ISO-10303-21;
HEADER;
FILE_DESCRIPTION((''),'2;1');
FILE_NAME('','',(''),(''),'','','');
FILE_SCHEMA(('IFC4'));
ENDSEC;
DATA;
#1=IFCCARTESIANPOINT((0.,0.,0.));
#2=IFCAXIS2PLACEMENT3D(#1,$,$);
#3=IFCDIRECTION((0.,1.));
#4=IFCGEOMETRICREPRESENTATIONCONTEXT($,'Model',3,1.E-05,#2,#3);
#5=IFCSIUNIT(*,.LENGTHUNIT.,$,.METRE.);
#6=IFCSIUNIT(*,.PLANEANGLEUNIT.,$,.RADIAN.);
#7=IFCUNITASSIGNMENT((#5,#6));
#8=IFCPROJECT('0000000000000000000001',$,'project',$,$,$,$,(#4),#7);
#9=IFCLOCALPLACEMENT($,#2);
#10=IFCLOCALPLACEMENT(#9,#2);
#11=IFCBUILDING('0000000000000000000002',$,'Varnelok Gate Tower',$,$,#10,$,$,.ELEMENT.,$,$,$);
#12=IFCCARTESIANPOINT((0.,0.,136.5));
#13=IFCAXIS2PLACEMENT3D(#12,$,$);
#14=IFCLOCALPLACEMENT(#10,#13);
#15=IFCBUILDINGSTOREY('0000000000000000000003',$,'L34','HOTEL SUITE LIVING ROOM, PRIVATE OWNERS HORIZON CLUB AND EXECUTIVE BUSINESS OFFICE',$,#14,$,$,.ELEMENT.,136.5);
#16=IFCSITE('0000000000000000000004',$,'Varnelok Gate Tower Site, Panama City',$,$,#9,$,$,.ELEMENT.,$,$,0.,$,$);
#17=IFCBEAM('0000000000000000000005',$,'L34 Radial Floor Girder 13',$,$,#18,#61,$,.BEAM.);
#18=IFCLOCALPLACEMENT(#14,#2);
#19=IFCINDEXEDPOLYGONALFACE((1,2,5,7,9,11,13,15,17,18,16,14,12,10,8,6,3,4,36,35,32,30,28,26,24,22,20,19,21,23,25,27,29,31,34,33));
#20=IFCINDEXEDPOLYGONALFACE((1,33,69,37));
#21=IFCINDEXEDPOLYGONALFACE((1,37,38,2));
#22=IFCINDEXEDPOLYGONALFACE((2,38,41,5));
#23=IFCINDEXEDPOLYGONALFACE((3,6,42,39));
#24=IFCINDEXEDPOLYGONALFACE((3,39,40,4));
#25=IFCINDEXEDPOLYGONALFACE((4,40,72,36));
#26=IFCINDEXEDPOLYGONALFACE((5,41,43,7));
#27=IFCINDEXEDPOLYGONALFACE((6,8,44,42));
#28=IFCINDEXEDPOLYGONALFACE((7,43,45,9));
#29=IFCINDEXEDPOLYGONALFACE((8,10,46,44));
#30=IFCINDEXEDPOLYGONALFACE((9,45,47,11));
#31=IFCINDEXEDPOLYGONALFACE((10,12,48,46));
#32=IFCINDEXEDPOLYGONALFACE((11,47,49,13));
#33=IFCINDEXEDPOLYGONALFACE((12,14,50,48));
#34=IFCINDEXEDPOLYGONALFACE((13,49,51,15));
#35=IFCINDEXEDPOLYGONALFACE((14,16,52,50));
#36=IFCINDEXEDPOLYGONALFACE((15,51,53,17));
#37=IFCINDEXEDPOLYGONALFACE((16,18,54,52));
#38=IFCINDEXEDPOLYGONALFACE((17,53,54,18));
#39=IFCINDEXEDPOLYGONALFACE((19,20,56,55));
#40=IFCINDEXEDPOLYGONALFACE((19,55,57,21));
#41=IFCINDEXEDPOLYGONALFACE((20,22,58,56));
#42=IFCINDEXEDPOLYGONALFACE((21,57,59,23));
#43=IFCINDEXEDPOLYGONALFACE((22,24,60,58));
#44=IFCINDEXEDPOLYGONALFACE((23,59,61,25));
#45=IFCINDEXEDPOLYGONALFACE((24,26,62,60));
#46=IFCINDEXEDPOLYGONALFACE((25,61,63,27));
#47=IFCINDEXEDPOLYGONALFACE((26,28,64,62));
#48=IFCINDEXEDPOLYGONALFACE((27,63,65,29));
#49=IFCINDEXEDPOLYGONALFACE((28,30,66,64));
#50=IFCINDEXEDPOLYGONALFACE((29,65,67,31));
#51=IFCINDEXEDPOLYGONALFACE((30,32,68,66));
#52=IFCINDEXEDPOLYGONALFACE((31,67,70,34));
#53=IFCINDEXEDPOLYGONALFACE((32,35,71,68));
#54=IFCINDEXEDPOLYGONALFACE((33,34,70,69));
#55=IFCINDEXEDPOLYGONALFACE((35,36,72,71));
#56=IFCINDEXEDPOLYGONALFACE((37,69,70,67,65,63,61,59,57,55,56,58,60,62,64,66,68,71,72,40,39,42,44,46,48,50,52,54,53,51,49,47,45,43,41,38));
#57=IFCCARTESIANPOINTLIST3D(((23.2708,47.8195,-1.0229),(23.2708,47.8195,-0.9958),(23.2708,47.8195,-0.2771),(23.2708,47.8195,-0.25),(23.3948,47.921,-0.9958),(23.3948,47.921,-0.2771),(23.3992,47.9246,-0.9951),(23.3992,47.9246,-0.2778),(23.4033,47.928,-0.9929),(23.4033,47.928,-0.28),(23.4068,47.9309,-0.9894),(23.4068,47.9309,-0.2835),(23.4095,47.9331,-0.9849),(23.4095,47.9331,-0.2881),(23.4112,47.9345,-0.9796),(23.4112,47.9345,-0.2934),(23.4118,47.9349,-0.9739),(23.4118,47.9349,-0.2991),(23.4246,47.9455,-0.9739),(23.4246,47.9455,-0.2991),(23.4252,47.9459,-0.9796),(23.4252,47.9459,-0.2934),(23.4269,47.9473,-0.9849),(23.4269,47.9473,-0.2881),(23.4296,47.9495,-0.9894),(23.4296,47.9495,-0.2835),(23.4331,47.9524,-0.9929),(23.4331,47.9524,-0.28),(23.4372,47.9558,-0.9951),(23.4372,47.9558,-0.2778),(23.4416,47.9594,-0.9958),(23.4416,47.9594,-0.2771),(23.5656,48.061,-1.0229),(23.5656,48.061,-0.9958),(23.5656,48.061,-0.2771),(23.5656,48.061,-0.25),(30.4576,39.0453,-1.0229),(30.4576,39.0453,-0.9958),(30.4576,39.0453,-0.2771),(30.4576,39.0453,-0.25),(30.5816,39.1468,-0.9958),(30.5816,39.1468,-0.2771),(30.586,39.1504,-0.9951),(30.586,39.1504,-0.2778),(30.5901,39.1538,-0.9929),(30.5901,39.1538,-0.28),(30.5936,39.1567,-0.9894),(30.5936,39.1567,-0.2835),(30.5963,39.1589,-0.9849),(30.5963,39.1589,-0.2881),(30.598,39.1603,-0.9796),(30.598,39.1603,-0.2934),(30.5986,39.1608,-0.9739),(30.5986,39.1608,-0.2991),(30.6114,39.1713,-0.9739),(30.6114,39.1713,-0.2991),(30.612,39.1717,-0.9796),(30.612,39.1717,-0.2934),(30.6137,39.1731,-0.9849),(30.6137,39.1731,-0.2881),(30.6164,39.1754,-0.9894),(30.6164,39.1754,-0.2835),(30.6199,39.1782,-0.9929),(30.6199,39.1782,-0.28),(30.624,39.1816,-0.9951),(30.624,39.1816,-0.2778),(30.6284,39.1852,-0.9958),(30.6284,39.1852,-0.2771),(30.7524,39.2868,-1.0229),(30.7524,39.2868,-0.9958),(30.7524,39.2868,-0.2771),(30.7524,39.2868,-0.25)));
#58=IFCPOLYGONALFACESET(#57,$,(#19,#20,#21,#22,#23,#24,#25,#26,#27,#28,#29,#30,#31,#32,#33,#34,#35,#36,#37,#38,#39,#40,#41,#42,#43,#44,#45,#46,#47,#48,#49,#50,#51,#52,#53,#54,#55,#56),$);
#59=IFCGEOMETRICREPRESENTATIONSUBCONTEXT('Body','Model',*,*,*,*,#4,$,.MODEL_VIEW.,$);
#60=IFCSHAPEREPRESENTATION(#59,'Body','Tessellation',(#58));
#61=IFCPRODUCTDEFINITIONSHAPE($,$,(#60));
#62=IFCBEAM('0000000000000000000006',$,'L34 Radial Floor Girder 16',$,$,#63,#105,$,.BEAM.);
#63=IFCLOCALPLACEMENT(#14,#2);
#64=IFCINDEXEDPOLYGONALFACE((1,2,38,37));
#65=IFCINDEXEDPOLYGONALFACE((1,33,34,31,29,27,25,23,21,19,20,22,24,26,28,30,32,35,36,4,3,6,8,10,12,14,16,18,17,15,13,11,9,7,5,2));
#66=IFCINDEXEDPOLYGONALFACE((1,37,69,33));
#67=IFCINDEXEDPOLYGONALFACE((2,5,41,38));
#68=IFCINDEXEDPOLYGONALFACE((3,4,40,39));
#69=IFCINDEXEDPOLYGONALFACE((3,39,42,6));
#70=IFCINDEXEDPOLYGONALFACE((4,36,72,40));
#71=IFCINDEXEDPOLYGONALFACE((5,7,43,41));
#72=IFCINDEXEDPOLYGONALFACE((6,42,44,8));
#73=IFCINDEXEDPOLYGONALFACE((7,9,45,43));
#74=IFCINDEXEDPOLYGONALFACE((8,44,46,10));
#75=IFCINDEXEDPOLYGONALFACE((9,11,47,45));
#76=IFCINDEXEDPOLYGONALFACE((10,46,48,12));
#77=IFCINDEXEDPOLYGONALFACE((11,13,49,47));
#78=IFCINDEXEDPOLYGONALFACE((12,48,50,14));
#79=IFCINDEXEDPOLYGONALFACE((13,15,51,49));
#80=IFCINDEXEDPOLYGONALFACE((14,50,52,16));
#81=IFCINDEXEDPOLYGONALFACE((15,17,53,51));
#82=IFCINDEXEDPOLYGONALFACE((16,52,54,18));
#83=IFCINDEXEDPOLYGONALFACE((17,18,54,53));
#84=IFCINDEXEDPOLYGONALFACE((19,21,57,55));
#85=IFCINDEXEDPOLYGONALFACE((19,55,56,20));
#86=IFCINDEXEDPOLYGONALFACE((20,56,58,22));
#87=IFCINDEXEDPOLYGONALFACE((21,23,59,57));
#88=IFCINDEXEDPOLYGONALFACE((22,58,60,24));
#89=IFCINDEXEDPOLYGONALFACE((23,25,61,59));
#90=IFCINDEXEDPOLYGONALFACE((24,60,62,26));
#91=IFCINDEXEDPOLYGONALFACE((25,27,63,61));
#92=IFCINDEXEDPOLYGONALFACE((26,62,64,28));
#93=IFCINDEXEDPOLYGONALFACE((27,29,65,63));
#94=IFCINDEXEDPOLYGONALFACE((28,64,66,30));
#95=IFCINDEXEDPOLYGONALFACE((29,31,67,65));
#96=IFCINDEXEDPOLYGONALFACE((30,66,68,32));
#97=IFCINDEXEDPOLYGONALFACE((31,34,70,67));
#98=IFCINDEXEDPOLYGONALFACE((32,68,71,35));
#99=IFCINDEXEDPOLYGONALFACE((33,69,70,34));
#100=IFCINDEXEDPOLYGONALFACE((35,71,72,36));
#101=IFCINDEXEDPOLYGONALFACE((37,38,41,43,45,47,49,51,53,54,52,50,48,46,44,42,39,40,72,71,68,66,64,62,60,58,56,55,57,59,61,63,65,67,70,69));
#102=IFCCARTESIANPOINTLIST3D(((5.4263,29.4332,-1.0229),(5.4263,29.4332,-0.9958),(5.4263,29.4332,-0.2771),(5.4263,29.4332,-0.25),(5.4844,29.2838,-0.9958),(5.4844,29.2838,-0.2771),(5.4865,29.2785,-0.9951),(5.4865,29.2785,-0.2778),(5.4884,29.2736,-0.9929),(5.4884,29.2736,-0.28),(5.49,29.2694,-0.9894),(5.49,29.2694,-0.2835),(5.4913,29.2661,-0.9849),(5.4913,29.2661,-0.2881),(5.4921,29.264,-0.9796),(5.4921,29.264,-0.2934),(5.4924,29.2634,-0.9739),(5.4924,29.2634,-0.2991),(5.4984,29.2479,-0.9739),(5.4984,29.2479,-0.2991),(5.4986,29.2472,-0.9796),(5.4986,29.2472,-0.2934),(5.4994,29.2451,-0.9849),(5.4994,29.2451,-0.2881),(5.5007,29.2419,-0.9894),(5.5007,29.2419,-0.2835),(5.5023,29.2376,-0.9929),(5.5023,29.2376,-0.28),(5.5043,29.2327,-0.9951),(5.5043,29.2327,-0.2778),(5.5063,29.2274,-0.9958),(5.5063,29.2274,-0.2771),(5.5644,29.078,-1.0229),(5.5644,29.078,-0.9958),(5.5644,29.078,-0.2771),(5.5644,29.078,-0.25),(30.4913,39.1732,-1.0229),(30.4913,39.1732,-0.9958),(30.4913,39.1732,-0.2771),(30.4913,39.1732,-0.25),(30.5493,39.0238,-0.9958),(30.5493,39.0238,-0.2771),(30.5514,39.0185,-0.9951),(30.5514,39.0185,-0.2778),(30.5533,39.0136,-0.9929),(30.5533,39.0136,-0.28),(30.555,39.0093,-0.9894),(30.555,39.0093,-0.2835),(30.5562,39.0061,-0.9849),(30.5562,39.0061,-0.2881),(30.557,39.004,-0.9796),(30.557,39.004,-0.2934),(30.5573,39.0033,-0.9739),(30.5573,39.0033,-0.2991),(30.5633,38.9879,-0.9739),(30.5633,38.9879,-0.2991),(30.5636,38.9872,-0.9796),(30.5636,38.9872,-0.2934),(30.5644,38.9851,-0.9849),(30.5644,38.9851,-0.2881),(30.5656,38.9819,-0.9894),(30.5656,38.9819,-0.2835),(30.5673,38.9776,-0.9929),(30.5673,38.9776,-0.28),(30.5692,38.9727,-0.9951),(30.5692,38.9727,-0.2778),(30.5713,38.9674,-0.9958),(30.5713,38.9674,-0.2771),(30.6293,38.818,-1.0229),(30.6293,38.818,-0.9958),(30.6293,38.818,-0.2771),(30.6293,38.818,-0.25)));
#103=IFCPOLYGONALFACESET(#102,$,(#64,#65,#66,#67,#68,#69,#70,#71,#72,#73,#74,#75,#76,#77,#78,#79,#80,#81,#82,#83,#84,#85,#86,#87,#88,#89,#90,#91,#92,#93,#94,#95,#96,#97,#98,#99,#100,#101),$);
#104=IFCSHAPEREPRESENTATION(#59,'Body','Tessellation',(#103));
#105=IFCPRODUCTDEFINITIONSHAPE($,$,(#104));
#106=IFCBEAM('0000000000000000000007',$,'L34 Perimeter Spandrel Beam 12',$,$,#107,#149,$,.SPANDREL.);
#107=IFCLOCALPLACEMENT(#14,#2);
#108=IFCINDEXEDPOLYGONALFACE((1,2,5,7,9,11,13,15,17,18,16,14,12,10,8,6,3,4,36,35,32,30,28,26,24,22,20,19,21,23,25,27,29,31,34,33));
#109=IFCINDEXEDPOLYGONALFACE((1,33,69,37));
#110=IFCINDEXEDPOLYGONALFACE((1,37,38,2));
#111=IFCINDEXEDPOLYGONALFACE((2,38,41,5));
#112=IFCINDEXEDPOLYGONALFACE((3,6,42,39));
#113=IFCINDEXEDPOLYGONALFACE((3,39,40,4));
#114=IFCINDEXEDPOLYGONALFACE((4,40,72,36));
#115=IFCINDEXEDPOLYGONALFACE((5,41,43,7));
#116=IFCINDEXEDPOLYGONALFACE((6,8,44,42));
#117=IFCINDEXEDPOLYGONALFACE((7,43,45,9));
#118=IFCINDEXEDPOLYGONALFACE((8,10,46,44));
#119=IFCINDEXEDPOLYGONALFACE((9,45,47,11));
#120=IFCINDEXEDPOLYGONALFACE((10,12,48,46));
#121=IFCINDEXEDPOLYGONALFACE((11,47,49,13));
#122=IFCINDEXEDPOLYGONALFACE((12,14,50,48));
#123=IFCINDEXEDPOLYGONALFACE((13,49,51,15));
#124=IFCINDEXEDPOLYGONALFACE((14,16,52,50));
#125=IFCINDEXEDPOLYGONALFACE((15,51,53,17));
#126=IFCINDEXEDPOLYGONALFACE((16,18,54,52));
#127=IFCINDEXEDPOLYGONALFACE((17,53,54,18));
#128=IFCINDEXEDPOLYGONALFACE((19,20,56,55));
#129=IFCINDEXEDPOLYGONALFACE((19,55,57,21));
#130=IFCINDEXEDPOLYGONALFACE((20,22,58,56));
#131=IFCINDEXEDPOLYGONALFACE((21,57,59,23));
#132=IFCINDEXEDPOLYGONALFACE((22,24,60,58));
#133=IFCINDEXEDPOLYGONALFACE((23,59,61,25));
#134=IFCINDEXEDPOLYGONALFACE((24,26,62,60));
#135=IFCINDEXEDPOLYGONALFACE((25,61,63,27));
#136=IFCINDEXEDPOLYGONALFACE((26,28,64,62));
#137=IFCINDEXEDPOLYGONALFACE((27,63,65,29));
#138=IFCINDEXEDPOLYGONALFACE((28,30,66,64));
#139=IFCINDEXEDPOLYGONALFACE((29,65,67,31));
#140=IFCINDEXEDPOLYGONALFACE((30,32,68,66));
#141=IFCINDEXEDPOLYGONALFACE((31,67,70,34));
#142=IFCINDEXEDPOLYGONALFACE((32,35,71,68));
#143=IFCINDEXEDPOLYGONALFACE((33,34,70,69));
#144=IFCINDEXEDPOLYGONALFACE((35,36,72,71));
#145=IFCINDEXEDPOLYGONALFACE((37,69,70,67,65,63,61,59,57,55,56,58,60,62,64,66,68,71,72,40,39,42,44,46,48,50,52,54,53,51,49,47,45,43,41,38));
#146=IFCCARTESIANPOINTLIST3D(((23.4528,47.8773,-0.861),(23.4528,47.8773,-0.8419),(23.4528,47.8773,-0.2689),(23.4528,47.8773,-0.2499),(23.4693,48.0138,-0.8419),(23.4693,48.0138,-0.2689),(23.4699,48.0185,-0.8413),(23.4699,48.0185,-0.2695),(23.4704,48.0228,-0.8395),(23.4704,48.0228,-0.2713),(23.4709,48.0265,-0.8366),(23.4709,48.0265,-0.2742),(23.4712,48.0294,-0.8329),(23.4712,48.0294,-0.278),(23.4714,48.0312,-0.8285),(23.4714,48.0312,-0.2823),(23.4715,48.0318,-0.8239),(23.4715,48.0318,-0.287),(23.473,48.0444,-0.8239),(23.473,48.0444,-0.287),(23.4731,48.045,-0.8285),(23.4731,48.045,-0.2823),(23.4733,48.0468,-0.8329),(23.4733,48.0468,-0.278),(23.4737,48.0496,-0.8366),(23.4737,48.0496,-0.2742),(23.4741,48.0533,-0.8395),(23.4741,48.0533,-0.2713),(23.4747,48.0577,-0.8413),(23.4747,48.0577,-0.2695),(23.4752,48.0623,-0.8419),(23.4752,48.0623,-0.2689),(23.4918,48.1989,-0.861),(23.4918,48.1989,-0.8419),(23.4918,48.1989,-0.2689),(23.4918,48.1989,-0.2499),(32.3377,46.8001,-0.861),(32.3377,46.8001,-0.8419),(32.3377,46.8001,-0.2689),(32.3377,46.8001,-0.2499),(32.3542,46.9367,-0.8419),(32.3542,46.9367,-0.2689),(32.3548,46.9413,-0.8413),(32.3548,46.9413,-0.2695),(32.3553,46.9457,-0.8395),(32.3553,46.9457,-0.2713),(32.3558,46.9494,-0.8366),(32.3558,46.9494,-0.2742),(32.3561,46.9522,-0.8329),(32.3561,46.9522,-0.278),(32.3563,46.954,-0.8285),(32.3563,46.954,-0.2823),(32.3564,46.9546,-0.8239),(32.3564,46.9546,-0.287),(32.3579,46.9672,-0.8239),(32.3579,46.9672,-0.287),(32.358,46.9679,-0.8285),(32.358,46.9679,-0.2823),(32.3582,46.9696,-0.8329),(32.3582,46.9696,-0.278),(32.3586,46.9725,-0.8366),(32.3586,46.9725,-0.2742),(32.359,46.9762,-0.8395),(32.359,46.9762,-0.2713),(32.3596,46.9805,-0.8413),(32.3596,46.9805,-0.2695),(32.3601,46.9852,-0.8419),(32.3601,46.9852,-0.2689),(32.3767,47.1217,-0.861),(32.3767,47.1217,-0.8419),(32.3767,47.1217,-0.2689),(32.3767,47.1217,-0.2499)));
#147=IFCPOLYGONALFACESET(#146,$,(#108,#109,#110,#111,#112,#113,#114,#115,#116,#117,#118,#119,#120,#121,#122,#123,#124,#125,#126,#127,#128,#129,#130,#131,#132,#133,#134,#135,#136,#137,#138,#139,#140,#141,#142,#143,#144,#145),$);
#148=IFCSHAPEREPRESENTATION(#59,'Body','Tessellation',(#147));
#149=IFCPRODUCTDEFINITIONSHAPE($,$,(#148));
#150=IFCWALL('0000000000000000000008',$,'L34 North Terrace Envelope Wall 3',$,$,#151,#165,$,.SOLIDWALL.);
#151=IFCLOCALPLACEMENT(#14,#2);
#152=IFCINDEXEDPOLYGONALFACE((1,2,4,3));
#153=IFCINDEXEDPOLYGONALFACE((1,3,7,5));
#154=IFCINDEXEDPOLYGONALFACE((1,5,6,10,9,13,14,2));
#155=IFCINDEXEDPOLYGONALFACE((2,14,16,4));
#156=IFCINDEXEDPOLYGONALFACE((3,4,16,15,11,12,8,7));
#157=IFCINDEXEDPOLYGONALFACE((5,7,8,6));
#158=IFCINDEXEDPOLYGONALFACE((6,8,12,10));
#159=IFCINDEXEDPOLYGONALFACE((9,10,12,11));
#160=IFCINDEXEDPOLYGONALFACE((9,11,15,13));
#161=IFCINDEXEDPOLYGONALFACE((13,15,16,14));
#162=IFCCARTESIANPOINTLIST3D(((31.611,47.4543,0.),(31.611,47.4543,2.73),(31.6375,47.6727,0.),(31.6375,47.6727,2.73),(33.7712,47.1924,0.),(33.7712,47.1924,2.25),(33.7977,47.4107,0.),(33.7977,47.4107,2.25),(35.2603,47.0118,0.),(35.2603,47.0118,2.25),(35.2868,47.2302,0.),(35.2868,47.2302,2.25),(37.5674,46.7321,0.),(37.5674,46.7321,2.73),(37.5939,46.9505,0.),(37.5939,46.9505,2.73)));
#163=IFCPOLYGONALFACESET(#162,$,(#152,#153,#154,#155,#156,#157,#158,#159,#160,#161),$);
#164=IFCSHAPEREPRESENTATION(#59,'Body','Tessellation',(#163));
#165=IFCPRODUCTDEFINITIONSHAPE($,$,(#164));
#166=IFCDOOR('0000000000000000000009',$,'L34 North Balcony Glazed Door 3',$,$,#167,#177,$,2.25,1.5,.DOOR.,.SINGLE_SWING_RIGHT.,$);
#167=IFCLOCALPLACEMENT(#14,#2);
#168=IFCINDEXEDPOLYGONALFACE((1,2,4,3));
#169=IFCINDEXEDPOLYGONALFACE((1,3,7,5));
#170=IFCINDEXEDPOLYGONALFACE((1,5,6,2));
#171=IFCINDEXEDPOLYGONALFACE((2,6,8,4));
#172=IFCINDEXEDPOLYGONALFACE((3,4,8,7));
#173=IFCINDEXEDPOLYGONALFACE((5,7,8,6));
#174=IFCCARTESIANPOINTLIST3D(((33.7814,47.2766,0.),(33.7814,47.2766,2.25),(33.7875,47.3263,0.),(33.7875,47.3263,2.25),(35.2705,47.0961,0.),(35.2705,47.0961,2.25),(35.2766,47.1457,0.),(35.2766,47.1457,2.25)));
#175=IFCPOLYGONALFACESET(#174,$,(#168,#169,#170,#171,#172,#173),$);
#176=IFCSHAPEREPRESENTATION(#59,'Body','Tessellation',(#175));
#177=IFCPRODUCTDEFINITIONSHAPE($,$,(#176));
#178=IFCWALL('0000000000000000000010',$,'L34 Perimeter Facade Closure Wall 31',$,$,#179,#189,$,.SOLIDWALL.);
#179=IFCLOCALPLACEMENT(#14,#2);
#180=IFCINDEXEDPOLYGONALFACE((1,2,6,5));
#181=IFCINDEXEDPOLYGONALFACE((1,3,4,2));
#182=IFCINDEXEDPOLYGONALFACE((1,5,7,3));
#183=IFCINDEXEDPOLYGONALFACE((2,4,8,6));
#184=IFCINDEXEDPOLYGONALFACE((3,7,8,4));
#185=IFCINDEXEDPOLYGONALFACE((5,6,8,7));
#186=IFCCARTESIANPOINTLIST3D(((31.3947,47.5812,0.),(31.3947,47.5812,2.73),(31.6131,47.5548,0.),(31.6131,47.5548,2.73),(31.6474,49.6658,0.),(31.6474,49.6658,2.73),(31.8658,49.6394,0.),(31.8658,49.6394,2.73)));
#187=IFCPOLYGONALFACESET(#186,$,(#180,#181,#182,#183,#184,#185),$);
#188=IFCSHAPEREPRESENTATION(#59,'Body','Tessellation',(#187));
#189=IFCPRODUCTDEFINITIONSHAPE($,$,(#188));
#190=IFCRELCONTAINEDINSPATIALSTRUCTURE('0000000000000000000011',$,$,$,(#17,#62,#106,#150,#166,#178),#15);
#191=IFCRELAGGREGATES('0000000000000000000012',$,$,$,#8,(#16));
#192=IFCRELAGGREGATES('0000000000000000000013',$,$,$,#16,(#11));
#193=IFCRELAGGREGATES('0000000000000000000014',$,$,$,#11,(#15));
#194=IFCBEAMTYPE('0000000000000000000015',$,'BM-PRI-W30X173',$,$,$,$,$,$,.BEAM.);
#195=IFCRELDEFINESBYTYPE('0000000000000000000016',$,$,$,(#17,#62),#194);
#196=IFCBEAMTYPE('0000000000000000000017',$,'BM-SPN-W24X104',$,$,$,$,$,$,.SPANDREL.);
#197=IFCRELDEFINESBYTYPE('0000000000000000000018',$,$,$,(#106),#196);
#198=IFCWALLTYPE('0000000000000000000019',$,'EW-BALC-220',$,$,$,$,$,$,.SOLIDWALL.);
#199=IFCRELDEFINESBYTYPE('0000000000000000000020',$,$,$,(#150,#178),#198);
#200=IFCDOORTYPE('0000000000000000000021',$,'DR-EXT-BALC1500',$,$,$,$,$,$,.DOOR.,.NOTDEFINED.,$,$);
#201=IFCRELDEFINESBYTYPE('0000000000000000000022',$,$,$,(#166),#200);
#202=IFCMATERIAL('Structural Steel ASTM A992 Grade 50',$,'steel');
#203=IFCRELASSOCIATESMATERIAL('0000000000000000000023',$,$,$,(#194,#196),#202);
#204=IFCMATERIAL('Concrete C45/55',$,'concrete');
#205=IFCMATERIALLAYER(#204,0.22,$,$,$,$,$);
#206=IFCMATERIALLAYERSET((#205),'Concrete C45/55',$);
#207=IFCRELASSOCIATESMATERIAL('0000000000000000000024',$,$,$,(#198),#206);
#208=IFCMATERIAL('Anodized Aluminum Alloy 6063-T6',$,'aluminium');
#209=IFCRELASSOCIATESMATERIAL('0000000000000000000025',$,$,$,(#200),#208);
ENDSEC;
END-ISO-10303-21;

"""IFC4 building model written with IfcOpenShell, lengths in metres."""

from ifc_helpers import new_model, si_unit, direction, frame, frame_2d, origin, origin_2d, place, context, subcontext, project, spatial, rectangle, i_section, extrude, material, layer, layer_set, material_profile, profile_set, type_object, element, fill, save


model = new_model("IFC4")

# Units and contexts
model_context = context("Model", 3, precision=1e-05, world=origin(), true_north=direction((0.0, 1.0)))
body_context = subcontext(model_context, "Body", "Model", "MODEL_VIEW")
ifc_project = project(units=[si_unit("LENGTHUNIT", "METRE"), si_unit("PLANEANGLEUNIT", "RADIAN")], contexts=[model_context])

# Site, building, storey
site_placement = place(None, origin())
site = spatial("IfcSite", under=ifc_project, at=site_placement, Name="Varnelok Gate Tower Site, Panama City", CompositionType="ELEMENT", RefElevation=0.0)
building_placement = place(site_placement, origin())
building = spatial("IfcBuilding", under=site, at=building_placement, Name="Varnelok Gate Tower", CompositionType="ELEMENT")
storey_placement = place(building_placement, frame((0.0, 0.0, 136.5)))
storey = spatial("IfcBuildingStorey", under=building, at=storey_placement, Name="L34", Description="HOTEL SUITE LIVING ROOM, PRIVATE OWNERS HORIZON CLUB AND EXECUTIVE BUSINESS OFFICE", CompositionType="ELEMENT", Elevation=136.5)

# Shared definitions
ifc_material_1 = material(Name="Structural Steel ASTM A992 Grade 50", Category="steel")

# Beams
ifc_material_profile_1 = material_profile(ifc_material_1, i_section(OverallWidth=0.3811, OverallDepth=0.7729, WebThickness=0.0166, FlangeThickness=0.0271, FilletRadius=0.022, at=origin_2d()), Name="W30X173")
ifc_profile_set_1 = profile_set([ifc_material_profile_1], Name="Structural Steel ASTM A992 Grade 50")
beam_type_1 = type_object("IfcBeamType", Name="BM-PRI-W30X173", PredefinedType="BEAM", material=ifc_profile_set_1)
beam_1_placement = place(storey_placement, frame((30.605, 39.166, -0.6365), z_axis=(-0.633655, 0.773616, 0.0), x_axis=(-0.773616, -0.633655, 0.0)))
element("IfcBeam", 1, at=beam_1_placement, inside=storey, type_object=beam_type_1, Name="L34 Radial Floor Girder 13", PredefinedType="BEAM", context=body_context, shape_type="SweptSolid", body=[
    extrude(i_section(OverallWidth=0.3811, OverallDepth=0.7729, WebThickness=0.0166, FlangeThickness=0.0271, FilletRadius=0.022, at=origin_2d()), origin(), (0.0, 0.0, 1.0), 11.3418),
])
beam_2_placement = place(storey_placement, frame((30.5603, 38.9956, -0.6365), z_axis=(-0.932099, -0.362204, 0.0), x_axis=(0.362204, -0.932099, 0.0)))
element("IfcBeam", 2, at=beam_2_placement, inside=storey, type_object=beam_type_1, Name="L34 Radial Floor Girder 16", PredefinedType="BEAM", context=body_context, shape_type="SweptSolid", body=[
    extrude(i_section(OverallWidth=0.3811, OverallDepth=0.7729, WebThickness=0.0166, FlangeThickness=0.0271, FilletRadius=0.022, at=origin_2d()), origin(), (0.0, 0.0, 1.0), 26.8909),
])
ifc_material_profile_2 = material_profile(ifc_material_1, i_section(OverallWidth=0.324, OverallDepth=0.6111, WebThickness=0.0127, FlangeThickness=0.019, FilletRadius=0.0181, at=origin_2d()), Name="W24X104")
ifc_profile_set_2 = profile_set([ifc_material_profile_2], Name="Structural Steel ASTM A992 Grade 50")
beam_type_2 = type_object("IfcBeamType", Name="BM-SPN-W24X104", PredefinedType="SPANDREL", material=ifc_profile_set_2)
beam_3_placement = place(storey_placement, frame((32.3572, 46.9609, -0.5554), z_axis=(-0.992731, 0.120351, 0.0), x_axis=(-0.120351, -0.992731, 0.0)))
element("IfcBeam", 3, at=beam_3_placement, inside=storey, type_object=beam_type_2, Name="L34 Perimeter Spandrel Beam 12", PredefinedType="SPANDREL", context=body_context, shape_type="SweptSolid", body=[
    extrude(i_section(OverallWidth=0.324, OverallDepth=0.6111, WebThickness=0.0127, FlangeThickness=0.019, FilletRadius=0.0181, at=origin_2d()), origin(), (0.0, 0.0, 1.0), 8.95),
])

# Wall, opening, door
ifc_material_2 = material(Name="Concrete C45/55", Category="concrete")
ifc_layer_1 = layer(ifc_material_2, 0.22)
ifc_layer_set_1 = layer_set([ifc_layer_1], Name="Concrete C45/55")
wall_type_1 = type_object("IfcWallType", Name="EW-BALC-220", PredefinedType="SOLIDWALL", material=ifc_layer_set_1)
wall_1_placement = place(storey_placement, frame((31.6243, 47.5635, 0.0), z_axis=(0.0, 0.0, 1.0), x_axis=(0.99273, -0.120363, 0.0)))
wall_1 = element("IfcWall", 4, at=wall_1_placement, inside=storey, type_object=wall_type_1, Name="L34 North Terrace Envelope Wall 3", PredefinedType="SOLIDWALL", context=body_context, shape_type="SweptSolid", body=[
    extrude(rectangle(XDim=6.0, YDim=0.22, at=frame_2d((3.0, 0.0))), origin(), (0.0, 0.0, 1.0), 2.73),
])
opening_1_placement = place(wall_1_placement, frame((2.176, 0.0, 0.0)))
opening_1 = element("IfcOpeningElement", 5, at=opening_1_placement, cuts=wall_1, PredefinedType="OPENING", context=body_context, shape_type="SweptSolid", body=[
    extrude(rectangle(XDim=1.5, YDim=2.25, at=frame_2d((0.75, 1.125))), frame((0.0, 0.1199, 0.0), z_axis=(0.0, -1.0, 0.0), x_axis=(1.0, 0.0, 0.0)), (0.0, 0.0, 1.0), 0.24),
])
ifc_material_3 = material(Name="Anodized Aluminum Alloy 6063-T6", Category="aluminium")
door_type_1 = type_object("IfcDoorType", Name="DR-EXT-BALC1500", OperationType="NOTDEFINED", PredefinedType="DOOR", material=ifc_material_3)
door_1_placement = place(opening_1_placement, origin())
door_1 = element("IfcDoor", 6, at=door_1_placement, inside=storey, type_object=door_type_1, Name="L34 North Balcony Glazed Door 3", OperationType="SINGLE_SWING_RIGHT", OverallHeight=2.25, OverallWidth=1.5, PredefinedType="DOOR", context=body_context, shape_type="SweptSolid", body=[
    extrude(rectangle(XDim=1.5, YDim=2.25, at=frame_2d((0.75, 1.125))), frame((0.0, 0.0249, 0.0), z_axis=(0.0, -1.0, 0.0), x_axis=(1.0, 0.0, 0.0)), (0.0, 0.0, 1.0), 0.05),
])
fill(opening_1, door_1)

# Wall
wall_2_placement = place(storey_placement, frame((31.5039, 47.5681, 0.0), z_axis=(0.0, 0.0, 1.0), x_axis=(0.120342, 0.992733, 0.0)))
element("IfcWall", 7, at=wall_2_placement, inside=storey, type_object=wall_type_1, Name="L34 Perimeter Facade Closure Wall 31", PredefinedType="SOLIDWALL", context=body_context, shape_type="SweptSolid", body=[
    extrude(rectangle(XDim=2.0999, YDim=0.22, at=frame_2d((1.0498, 0.0))), origin(), (0.0, 0.0, 1.0), 2.73),
])

save(model, "model.ifc")
